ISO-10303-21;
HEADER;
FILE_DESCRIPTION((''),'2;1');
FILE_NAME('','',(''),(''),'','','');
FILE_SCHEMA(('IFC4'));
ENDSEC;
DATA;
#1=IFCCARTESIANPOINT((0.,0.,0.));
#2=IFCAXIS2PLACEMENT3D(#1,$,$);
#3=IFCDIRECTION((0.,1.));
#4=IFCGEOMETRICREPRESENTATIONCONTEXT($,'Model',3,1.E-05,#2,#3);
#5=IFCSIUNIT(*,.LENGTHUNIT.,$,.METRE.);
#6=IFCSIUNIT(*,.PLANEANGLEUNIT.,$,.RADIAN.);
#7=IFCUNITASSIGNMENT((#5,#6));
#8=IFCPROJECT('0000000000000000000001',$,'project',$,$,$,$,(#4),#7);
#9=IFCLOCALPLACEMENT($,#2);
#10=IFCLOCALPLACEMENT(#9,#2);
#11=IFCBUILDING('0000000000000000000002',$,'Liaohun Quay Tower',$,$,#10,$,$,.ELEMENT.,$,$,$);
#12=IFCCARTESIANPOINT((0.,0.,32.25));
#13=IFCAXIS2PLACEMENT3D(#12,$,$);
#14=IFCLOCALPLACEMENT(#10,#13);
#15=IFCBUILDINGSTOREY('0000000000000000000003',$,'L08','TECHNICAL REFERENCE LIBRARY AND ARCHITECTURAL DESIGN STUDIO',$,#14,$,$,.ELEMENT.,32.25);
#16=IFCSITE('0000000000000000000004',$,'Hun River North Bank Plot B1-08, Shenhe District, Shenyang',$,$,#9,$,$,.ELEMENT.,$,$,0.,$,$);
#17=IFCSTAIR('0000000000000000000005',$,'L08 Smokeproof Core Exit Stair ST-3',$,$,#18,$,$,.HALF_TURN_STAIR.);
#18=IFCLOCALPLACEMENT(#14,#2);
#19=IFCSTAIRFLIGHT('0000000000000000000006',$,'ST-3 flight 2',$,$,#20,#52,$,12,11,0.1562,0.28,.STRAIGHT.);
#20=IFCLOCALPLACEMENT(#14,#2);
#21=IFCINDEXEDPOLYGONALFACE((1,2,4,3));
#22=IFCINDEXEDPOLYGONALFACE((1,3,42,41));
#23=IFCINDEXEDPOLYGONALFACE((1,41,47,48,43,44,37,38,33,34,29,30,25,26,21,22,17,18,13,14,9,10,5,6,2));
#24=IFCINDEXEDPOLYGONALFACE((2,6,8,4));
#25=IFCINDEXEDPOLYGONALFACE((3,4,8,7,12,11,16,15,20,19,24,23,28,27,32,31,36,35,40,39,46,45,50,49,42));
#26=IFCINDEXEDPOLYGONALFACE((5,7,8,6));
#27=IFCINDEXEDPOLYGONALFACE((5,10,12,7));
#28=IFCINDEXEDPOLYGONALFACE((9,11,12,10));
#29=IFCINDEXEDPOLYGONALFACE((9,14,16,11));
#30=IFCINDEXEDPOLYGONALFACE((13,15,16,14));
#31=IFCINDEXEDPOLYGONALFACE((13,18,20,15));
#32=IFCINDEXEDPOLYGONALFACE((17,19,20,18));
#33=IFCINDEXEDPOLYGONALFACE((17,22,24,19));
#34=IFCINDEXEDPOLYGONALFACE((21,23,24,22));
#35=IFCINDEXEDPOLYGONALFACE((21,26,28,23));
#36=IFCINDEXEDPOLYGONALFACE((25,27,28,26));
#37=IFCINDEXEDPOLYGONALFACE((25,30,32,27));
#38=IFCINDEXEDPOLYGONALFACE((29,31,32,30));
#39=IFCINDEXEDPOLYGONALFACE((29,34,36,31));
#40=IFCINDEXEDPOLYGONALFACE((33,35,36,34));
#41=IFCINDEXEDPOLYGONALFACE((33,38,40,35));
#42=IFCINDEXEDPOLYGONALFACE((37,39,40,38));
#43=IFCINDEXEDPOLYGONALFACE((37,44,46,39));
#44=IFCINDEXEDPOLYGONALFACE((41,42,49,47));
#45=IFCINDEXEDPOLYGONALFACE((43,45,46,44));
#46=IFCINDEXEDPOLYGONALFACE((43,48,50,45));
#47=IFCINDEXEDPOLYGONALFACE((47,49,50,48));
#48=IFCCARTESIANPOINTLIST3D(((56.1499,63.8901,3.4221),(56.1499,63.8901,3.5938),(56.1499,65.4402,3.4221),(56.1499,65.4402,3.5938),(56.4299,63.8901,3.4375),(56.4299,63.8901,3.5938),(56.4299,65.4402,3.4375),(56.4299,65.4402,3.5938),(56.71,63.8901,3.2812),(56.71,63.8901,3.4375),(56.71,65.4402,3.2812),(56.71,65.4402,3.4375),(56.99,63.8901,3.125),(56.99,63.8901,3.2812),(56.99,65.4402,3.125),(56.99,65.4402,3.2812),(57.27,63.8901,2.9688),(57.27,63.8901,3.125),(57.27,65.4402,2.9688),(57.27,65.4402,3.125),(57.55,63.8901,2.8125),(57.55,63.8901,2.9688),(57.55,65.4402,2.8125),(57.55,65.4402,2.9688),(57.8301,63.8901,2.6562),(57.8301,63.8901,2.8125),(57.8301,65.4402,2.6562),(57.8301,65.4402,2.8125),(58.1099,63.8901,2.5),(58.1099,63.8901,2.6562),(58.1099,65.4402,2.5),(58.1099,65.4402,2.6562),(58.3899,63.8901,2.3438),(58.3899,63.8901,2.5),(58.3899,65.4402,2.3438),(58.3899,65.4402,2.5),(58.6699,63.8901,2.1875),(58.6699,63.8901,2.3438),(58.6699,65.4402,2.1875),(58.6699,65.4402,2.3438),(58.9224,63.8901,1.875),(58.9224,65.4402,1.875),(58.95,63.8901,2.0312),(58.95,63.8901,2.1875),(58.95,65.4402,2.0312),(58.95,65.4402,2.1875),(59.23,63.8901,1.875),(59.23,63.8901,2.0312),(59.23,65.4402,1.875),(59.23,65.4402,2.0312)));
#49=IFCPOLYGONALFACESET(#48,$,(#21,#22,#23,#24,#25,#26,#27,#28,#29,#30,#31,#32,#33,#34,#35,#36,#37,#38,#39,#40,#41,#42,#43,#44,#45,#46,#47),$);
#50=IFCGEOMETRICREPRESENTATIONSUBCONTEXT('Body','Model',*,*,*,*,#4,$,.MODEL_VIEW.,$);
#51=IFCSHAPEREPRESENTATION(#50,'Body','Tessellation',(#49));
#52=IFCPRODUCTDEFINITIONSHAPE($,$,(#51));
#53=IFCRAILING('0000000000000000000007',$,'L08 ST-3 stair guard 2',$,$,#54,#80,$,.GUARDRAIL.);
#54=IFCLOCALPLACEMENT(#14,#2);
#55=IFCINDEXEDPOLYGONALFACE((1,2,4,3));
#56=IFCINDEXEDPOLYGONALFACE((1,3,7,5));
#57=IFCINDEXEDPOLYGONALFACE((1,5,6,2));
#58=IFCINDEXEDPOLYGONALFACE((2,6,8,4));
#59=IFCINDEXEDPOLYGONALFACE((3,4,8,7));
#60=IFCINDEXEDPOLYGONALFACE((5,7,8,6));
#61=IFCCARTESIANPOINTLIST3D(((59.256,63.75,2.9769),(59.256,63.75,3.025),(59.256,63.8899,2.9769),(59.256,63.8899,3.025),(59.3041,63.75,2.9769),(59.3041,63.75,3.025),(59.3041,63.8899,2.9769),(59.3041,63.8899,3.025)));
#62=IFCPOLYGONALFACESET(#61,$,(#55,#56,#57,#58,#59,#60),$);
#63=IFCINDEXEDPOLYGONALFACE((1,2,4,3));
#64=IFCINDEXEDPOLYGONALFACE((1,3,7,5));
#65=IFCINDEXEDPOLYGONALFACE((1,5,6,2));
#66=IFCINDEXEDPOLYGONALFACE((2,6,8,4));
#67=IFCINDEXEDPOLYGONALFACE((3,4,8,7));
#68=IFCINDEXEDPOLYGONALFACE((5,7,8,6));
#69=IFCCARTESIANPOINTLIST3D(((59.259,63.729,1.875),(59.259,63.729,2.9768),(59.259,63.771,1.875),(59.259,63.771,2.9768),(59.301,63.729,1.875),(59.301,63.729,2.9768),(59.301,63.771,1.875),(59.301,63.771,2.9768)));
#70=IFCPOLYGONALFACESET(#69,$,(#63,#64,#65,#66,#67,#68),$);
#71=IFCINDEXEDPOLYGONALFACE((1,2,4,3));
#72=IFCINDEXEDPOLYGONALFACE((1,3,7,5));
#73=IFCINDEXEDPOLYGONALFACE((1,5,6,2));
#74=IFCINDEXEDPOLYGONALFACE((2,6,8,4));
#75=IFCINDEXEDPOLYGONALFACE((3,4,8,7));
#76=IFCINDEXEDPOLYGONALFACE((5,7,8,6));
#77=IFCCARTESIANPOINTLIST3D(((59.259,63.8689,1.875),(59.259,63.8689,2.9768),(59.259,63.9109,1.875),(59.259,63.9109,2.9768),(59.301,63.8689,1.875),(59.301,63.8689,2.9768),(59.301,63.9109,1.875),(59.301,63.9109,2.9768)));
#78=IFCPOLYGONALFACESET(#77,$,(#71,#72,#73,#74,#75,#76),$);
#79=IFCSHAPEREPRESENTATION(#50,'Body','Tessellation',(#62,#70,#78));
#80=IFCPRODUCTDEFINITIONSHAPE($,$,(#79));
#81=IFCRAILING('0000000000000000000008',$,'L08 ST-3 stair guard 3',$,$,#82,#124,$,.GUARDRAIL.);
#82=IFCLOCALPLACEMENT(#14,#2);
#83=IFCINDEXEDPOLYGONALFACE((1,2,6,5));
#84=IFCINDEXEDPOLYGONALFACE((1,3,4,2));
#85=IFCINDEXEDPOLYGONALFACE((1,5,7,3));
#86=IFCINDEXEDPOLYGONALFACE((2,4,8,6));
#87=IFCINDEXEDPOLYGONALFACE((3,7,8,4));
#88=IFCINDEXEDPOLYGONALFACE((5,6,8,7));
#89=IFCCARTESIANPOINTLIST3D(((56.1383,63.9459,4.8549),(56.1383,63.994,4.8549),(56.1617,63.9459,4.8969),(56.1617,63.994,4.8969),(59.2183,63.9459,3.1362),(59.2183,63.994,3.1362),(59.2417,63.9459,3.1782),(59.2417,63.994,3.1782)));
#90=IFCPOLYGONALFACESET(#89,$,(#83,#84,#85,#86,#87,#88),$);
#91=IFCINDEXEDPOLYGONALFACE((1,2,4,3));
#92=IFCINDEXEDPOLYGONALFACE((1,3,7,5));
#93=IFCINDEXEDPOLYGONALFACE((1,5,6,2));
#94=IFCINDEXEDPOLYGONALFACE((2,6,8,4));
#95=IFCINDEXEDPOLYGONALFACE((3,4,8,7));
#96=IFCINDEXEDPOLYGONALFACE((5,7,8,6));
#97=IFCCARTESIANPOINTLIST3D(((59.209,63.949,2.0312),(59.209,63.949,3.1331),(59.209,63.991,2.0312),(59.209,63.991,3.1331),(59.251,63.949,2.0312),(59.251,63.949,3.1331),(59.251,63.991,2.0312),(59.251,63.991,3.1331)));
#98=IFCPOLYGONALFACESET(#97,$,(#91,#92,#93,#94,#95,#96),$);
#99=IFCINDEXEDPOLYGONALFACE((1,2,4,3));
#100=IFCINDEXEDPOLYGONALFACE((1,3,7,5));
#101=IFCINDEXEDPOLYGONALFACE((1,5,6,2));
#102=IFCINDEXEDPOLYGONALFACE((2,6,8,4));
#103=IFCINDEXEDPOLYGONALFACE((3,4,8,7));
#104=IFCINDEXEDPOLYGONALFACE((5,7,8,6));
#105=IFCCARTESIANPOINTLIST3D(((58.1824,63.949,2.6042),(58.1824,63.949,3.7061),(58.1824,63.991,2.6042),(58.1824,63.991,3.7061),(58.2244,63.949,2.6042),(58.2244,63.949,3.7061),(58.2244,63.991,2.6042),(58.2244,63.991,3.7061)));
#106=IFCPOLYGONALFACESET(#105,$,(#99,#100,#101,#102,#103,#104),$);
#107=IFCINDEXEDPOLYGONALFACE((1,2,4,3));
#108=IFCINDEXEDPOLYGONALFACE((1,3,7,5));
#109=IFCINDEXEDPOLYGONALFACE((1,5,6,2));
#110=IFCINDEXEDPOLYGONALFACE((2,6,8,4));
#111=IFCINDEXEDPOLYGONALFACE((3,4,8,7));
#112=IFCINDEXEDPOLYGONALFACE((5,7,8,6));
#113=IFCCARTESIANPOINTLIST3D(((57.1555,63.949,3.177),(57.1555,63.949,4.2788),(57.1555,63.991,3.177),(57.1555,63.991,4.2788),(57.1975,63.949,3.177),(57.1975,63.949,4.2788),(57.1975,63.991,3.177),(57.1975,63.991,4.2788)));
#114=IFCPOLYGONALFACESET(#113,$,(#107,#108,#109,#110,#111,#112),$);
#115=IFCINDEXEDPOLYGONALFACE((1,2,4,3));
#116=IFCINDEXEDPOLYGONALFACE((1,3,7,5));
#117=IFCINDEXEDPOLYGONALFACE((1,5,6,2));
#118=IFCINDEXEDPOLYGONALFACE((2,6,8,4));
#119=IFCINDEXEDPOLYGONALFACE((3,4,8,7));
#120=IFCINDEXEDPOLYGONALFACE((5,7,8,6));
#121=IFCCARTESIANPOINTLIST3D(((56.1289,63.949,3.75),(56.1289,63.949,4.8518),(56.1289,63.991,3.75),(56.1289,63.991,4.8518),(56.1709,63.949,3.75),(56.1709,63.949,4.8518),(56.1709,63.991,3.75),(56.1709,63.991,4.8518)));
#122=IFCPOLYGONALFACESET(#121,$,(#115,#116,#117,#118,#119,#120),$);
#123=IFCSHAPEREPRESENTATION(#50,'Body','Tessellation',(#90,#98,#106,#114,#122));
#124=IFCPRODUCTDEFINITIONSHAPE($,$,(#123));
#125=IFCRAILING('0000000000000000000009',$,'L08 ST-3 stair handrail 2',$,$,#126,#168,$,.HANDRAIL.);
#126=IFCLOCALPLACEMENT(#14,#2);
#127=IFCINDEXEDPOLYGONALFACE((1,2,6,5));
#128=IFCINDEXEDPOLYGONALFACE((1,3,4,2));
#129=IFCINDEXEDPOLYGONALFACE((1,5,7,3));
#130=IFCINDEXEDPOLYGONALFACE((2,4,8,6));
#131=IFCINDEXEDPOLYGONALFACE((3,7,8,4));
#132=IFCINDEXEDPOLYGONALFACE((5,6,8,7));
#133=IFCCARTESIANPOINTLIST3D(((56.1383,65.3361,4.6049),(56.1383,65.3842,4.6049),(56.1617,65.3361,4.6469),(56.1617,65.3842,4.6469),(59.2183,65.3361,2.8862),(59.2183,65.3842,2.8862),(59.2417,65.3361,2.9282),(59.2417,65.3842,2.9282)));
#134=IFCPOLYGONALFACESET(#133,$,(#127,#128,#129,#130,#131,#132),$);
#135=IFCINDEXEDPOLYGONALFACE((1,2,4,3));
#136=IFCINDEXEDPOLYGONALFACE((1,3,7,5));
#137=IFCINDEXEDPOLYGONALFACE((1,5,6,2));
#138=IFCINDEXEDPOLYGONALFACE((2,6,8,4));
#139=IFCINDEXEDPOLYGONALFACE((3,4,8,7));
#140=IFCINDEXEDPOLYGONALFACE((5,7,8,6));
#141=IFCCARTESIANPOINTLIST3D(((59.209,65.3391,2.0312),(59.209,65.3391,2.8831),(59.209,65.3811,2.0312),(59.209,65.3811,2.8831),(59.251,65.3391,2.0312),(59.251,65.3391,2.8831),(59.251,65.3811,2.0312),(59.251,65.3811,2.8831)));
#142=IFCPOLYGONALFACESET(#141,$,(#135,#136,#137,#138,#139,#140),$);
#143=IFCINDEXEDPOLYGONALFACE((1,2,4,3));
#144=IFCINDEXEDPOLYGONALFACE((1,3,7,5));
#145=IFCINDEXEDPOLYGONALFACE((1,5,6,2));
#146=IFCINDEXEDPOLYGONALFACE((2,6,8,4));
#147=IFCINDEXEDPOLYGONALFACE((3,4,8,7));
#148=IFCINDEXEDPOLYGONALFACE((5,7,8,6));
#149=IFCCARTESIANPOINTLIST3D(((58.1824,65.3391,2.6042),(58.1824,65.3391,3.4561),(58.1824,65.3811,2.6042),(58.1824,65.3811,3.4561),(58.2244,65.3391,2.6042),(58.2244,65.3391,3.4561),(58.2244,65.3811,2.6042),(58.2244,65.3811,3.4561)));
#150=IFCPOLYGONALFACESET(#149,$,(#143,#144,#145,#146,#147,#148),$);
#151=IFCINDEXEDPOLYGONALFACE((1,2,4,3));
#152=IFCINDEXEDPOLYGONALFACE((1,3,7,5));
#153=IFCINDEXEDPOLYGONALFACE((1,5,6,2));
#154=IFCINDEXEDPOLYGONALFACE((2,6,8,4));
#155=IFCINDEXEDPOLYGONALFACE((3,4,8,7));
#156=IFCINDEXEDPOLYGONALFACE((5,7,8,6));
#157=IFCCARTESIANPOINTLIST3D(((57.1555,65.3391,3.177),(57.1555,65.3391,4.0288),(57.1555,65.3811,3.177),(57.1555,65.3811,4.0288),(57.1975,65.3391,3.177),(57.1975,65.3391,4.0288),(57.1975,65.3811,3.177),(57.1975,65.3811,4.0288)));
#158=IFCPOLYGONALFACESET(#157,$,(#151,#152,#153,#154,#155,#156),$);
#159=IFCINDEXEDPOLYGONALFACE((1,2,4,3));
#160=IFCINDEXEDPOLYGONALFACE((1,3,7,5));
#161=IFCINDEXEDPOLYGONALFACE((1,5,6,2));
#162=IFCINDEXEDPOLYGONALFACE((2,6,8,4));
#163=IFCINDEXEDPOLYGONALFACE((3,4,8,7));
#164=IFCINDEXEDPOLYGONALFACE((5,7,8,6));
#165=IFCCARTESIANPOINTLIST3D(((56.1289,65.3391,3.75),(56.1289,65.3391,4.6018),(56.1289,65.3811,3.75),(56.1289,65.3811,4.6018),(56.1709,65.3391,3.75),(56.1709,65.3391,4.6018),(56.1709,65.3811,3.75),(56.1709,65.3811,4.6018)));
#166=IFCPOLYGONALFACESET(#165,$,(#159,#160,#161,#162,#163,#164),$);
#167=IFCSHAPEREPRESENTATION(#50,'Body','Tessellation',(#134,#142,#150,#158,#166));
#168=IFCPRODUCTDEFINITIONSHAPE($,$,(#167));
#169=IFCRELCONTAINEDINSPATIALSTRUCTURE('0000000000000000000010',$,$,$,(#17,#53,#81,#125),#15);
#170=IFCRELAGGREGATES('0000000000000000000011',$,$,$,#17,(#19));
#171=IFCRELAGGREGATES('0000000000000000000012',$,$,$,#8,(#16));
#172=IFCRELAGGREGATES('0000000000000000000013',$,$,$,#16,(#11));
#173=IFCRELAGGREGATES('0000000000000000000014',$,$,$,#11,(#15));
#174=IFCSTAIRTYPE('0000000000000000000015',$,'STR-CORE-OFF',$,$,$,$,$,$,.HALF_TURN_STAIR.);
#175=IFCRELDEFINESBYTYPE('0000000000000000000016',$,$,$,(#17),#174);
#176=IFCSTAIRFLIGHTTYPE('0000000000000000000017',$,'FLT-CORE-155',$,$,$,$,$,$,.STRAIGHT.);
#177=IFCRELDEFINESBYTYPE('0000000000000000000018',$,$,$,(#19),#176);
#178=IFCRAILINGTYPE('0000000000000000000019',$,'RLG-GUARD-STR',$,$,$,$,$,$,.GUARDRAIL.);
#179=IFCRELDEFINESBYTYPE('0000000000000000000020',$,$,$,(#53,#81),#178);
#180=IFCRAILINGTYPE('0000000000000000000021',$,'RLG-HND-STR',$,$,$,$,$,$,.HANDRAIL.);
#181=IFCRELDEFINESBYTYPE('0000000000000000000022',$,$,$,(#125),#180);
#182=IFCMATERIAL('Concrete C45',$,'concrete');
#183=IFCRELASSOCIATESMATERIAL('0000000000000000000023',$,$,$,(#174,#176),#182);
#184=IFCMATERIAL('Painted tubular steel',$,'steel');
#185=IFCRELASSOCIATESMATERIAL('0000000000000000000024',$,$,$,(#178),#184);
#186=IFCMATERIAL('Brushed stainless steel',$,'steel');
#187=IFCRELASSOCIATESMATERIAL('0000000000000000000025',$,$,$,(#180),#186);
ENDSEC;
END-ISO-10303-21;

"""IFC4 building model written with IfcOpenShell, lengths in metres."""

from ifc_helpers import new_model, si_unit, direction, frame, origin, origin_2d, place, context, subcontext, project, spatial, polyline, rectangle, outline, extrude, material, type_object, element, aggregate, save


model = new_model("IFC4")

# Units and contexts
model_context = context("Model", 3, precision=1e-05, world=origin(), true_north=direction((0.0, 1.0)))
body_context = subcontext(model_context, "Body", "Model", "MODEL_VIEW")
ifc_project = project(units=[si_unit("LENGTHUNIT", "METRE"), si_unit("PLANEANGLEUNIT", "RADIAN")], contexts=[model_context])

# Site, building, storey
site_placement = place(None, origin())
site = spatial("IfcSite", under=ifc_project, at=site_placement, Name="Hun River North Bank Plot B1-08, Shenhe District, Shenyang", CompositionType="ELEMENT", RefElevation=0.0)
building_placement = place(site_placement, origin())
building = spatial("IfcBuilding", under=site, at=building_placement, Name="Liaohun Quay Tower", CompositionType="ELEMENT")
storey_placement = place(building_placement, frame((0.0, 0.0, 32.25)))
storey = spatial("IfcBuildingStorey", under=building, at=storey_placement, Name="L08", Description="TECHNICAL REFERENCE LIBRARY AND ARCHITECTURAL DESIGN STUDIO", CompositionType="ELEMENT", Elevation=32.25)

# Stair, stair flight
ifc_material_1 = material(Name="Concrete C45", Category="concrete")
stair_type = type_object("IfcStairType", Name="STR-CORE-OFF", PredefinedType="HALF_TURN_STAIR", material=ifc_material_1)
stair_placement = place(storey_placement, origin())
stair = element("IfcStair", 1, at=stair_placement, inside=storey, type_object=stair_type, Name="L08 Smokeproof Core Exit Stair ST-3", PredefinedType="HALF_TURN_STAIR")
stair_flight_type = type_object("IfcStairFlightType", Name="FLT-CORE-155", PredefinedType="STRAIGHT", material=ifc_material_1)
stair_flight_placement = place(storey_placement, frame((59.23, 64.665, 1.875), z_axis=(0.0, 0.0, 1.0), x_axis=(-1.0, 0.0, 0.0)))
stair_flight = element("IfcStairFlight", 2, at=stair_flight_placement, type_object=stair_flight_type, Name="ST-3 flight 2", NumberOfRisers=12, NumberOfTreads=11, PredefinedType="STRAIGHT", RiserHeight=0.1562, TreadLength=0.28, context=body_context, shape_type="SweptSolid", body=[
    extrude(outline(polyline([(0.0, 0.0), (0.0, 0.1562), (0.28, 0.1562), (0.28, 0.3125), (0.5601, 0.3125), (0.5601, 0.4688), (0.8401, 0.4688), (0.8401, 0.625), (1.1201, 0.625), (1.1201, 0.7812), (1.3999, 0.7812), (1.3999, 0.9375), (1.6799, 0.9375), (1.6799, 1.0938), (1.96, 1.0938), (1.96, 1.25), (2.24, 1.25), (2.24, 1.4062), (2.52, 1.4062), (2.52, 1.5625), (2.8, 1.5625), (2.8, 1.7188), (3.0801, 1.7188), (3.0801, 1.875), (3.0801, 1.5471), (0.3076, 0.0), (0.0, 0.0)])), frame((0.0, 0.7749, 0.0), z_axis=(0.0, -1.0, 0.0), x_axis=(1.0, 0.0, 0.0)), (0.0, 0.0, 1.0), 1.55),
])
aggregate(stair, [stair_flight])

# Railings
ifc_material_2 = material(Name="Painted tubular steel", Category="steel")
railing_type_1 = type_object("IfcRailingType", Name="RLG-GUARD-STR", PredefinedType="GUARDRAIL", material=ifc_material_2)
railing_1_placement = place(storey_placement, frame((59.28, 63.75, 1.875)))
element("IfcRailing", 3, at=railing_1_placement, inside=storey, type_object=railing_type_1, Name="L08 ST-3 stair guard 2", PredefinedType="GUARDRAIL", context=body_context, shape_type="SweptSolid", body=[
    extrude(rectangle(XDim=0.0481, YDim=0.0481, at=origin_2d()), frame((0.0, 0.0, 1.126), z_axis=(0.0, 1.0, 0.0), x_axis=(-1.0, 0.0, 0.0)), (0.0, 0.0, 1.0), 0.1399),
    extrude(rectangle(XDim=0.042, YDim=0.042, at=origin_2d()), origin(), (0.0, 0.0, 1.0), 1.1018),
    extrude(rectangle(XDim=0.042, YDim=0.042, at=origin_2d()), frame((0.0, 0.1399, 0.0)), (0.0, 0.0, 1.0), 1.1018),
])
railing_2_placement = place(storey_placement, frame((59.23, 63.97, 2.0312)))
element("IfcRailing", 4, at=railing_2_placement, inside=storey, type_object=railing_type_1, Name="L08 ST-3 stair guard 3", PredefinedType="GUARDRAIL", context=body_context, shape_type="SweptSolid", body=[
    extrude(rectangle(XDim=0.0481, YDim=0.0481, at=origin_2d()), frame((0.0, 0.0, 1.126), z_axis=(-0.873242, 0.0, 0.487288), x_axis=(0.0, -1.0, 0.0)), (0.0, 0.0, 1.0), 3.5271),
    extrude(rectangle(XDim=0.042, YDim=0.042, at=origin_2d()), origin(), (0.0, 0.0, 1.0), 1.1018),
    extrude(rectangle(XDim=0.042, YDim=0.042, at=origin_2d()), frame((-1.0266, 0.0, 0.573)), (0.0, 0.0, 1.0), 1.1018),
    extrude(rectangle(XDim=0.042, YDim=0.042, at=origin_2d()), frame((-2.0535, 0.0, 1.1458)), (0.0, 0.0, 1.0), 1.1018),
    extrude(rectangle(XDim=0.042, YDim=0.042, at=origin_2d()), frame((-3.0801, 0.0, 1.7188)), (0.0, 0.0, 1.0), 1.1018),
])
ifc_material_3 = material(Name="Brushed stainless steel", Category="steel")
railing_type_2 = type_object("IfcRailingType", Name="RLG-HND-STR", PredefinedType="HANDRAIL", material=ifc_material_3)
railing_3_placement = place(storey_placement, frame((59.23, 65.3601, 2.0312)))
element("IfcRailing", 5, at=railing_3_placement, inside=storey, type_object=railing_type_2, Name="L08 ST-3 stair handrail 2", PredefinedType="HANDRAIL", context=body_context, shape_type="SweptSolid", body=[
    extrude(rectangle(XDim=0.0481, YDim=0.0481, at=origin_2d()), frame((0.0, 0.0, 0.876), z_axis=(-0.873242, 0.0, 0.487288), x_axis=(0.0, -1.0, 0.0)), (0.0, 0.0, 1.0), 3.5271),
    extrude(rectangle(XDim=0.042, YDim=0.042, at=origin_2d()), origin(), (0.0, 0.0, 1.0), 0.8518),
    extrude(rectangle(XDim=0.042, YDim=0.042, at=origin_2d()), frame((-1.0266, 0.0, 0.573)), (0.0, 0.0, 1.0), 0.8518),
    extrude(rectangle(XDim=0.042, YDim=0.042, at=origin_2d()), frame((-2.0535, 0.0, 1.1458)), (0.0, 0.0, 1.0), 0.8518),
    extrude(rectangle(XDim=0.042, YDim=0.042, at=origin_2d()), frame((-3.0801, 0.0, 1.7188)), (0.0, 0.0, 1.0), 0.8518),
])

save(model, "model.ifc")
